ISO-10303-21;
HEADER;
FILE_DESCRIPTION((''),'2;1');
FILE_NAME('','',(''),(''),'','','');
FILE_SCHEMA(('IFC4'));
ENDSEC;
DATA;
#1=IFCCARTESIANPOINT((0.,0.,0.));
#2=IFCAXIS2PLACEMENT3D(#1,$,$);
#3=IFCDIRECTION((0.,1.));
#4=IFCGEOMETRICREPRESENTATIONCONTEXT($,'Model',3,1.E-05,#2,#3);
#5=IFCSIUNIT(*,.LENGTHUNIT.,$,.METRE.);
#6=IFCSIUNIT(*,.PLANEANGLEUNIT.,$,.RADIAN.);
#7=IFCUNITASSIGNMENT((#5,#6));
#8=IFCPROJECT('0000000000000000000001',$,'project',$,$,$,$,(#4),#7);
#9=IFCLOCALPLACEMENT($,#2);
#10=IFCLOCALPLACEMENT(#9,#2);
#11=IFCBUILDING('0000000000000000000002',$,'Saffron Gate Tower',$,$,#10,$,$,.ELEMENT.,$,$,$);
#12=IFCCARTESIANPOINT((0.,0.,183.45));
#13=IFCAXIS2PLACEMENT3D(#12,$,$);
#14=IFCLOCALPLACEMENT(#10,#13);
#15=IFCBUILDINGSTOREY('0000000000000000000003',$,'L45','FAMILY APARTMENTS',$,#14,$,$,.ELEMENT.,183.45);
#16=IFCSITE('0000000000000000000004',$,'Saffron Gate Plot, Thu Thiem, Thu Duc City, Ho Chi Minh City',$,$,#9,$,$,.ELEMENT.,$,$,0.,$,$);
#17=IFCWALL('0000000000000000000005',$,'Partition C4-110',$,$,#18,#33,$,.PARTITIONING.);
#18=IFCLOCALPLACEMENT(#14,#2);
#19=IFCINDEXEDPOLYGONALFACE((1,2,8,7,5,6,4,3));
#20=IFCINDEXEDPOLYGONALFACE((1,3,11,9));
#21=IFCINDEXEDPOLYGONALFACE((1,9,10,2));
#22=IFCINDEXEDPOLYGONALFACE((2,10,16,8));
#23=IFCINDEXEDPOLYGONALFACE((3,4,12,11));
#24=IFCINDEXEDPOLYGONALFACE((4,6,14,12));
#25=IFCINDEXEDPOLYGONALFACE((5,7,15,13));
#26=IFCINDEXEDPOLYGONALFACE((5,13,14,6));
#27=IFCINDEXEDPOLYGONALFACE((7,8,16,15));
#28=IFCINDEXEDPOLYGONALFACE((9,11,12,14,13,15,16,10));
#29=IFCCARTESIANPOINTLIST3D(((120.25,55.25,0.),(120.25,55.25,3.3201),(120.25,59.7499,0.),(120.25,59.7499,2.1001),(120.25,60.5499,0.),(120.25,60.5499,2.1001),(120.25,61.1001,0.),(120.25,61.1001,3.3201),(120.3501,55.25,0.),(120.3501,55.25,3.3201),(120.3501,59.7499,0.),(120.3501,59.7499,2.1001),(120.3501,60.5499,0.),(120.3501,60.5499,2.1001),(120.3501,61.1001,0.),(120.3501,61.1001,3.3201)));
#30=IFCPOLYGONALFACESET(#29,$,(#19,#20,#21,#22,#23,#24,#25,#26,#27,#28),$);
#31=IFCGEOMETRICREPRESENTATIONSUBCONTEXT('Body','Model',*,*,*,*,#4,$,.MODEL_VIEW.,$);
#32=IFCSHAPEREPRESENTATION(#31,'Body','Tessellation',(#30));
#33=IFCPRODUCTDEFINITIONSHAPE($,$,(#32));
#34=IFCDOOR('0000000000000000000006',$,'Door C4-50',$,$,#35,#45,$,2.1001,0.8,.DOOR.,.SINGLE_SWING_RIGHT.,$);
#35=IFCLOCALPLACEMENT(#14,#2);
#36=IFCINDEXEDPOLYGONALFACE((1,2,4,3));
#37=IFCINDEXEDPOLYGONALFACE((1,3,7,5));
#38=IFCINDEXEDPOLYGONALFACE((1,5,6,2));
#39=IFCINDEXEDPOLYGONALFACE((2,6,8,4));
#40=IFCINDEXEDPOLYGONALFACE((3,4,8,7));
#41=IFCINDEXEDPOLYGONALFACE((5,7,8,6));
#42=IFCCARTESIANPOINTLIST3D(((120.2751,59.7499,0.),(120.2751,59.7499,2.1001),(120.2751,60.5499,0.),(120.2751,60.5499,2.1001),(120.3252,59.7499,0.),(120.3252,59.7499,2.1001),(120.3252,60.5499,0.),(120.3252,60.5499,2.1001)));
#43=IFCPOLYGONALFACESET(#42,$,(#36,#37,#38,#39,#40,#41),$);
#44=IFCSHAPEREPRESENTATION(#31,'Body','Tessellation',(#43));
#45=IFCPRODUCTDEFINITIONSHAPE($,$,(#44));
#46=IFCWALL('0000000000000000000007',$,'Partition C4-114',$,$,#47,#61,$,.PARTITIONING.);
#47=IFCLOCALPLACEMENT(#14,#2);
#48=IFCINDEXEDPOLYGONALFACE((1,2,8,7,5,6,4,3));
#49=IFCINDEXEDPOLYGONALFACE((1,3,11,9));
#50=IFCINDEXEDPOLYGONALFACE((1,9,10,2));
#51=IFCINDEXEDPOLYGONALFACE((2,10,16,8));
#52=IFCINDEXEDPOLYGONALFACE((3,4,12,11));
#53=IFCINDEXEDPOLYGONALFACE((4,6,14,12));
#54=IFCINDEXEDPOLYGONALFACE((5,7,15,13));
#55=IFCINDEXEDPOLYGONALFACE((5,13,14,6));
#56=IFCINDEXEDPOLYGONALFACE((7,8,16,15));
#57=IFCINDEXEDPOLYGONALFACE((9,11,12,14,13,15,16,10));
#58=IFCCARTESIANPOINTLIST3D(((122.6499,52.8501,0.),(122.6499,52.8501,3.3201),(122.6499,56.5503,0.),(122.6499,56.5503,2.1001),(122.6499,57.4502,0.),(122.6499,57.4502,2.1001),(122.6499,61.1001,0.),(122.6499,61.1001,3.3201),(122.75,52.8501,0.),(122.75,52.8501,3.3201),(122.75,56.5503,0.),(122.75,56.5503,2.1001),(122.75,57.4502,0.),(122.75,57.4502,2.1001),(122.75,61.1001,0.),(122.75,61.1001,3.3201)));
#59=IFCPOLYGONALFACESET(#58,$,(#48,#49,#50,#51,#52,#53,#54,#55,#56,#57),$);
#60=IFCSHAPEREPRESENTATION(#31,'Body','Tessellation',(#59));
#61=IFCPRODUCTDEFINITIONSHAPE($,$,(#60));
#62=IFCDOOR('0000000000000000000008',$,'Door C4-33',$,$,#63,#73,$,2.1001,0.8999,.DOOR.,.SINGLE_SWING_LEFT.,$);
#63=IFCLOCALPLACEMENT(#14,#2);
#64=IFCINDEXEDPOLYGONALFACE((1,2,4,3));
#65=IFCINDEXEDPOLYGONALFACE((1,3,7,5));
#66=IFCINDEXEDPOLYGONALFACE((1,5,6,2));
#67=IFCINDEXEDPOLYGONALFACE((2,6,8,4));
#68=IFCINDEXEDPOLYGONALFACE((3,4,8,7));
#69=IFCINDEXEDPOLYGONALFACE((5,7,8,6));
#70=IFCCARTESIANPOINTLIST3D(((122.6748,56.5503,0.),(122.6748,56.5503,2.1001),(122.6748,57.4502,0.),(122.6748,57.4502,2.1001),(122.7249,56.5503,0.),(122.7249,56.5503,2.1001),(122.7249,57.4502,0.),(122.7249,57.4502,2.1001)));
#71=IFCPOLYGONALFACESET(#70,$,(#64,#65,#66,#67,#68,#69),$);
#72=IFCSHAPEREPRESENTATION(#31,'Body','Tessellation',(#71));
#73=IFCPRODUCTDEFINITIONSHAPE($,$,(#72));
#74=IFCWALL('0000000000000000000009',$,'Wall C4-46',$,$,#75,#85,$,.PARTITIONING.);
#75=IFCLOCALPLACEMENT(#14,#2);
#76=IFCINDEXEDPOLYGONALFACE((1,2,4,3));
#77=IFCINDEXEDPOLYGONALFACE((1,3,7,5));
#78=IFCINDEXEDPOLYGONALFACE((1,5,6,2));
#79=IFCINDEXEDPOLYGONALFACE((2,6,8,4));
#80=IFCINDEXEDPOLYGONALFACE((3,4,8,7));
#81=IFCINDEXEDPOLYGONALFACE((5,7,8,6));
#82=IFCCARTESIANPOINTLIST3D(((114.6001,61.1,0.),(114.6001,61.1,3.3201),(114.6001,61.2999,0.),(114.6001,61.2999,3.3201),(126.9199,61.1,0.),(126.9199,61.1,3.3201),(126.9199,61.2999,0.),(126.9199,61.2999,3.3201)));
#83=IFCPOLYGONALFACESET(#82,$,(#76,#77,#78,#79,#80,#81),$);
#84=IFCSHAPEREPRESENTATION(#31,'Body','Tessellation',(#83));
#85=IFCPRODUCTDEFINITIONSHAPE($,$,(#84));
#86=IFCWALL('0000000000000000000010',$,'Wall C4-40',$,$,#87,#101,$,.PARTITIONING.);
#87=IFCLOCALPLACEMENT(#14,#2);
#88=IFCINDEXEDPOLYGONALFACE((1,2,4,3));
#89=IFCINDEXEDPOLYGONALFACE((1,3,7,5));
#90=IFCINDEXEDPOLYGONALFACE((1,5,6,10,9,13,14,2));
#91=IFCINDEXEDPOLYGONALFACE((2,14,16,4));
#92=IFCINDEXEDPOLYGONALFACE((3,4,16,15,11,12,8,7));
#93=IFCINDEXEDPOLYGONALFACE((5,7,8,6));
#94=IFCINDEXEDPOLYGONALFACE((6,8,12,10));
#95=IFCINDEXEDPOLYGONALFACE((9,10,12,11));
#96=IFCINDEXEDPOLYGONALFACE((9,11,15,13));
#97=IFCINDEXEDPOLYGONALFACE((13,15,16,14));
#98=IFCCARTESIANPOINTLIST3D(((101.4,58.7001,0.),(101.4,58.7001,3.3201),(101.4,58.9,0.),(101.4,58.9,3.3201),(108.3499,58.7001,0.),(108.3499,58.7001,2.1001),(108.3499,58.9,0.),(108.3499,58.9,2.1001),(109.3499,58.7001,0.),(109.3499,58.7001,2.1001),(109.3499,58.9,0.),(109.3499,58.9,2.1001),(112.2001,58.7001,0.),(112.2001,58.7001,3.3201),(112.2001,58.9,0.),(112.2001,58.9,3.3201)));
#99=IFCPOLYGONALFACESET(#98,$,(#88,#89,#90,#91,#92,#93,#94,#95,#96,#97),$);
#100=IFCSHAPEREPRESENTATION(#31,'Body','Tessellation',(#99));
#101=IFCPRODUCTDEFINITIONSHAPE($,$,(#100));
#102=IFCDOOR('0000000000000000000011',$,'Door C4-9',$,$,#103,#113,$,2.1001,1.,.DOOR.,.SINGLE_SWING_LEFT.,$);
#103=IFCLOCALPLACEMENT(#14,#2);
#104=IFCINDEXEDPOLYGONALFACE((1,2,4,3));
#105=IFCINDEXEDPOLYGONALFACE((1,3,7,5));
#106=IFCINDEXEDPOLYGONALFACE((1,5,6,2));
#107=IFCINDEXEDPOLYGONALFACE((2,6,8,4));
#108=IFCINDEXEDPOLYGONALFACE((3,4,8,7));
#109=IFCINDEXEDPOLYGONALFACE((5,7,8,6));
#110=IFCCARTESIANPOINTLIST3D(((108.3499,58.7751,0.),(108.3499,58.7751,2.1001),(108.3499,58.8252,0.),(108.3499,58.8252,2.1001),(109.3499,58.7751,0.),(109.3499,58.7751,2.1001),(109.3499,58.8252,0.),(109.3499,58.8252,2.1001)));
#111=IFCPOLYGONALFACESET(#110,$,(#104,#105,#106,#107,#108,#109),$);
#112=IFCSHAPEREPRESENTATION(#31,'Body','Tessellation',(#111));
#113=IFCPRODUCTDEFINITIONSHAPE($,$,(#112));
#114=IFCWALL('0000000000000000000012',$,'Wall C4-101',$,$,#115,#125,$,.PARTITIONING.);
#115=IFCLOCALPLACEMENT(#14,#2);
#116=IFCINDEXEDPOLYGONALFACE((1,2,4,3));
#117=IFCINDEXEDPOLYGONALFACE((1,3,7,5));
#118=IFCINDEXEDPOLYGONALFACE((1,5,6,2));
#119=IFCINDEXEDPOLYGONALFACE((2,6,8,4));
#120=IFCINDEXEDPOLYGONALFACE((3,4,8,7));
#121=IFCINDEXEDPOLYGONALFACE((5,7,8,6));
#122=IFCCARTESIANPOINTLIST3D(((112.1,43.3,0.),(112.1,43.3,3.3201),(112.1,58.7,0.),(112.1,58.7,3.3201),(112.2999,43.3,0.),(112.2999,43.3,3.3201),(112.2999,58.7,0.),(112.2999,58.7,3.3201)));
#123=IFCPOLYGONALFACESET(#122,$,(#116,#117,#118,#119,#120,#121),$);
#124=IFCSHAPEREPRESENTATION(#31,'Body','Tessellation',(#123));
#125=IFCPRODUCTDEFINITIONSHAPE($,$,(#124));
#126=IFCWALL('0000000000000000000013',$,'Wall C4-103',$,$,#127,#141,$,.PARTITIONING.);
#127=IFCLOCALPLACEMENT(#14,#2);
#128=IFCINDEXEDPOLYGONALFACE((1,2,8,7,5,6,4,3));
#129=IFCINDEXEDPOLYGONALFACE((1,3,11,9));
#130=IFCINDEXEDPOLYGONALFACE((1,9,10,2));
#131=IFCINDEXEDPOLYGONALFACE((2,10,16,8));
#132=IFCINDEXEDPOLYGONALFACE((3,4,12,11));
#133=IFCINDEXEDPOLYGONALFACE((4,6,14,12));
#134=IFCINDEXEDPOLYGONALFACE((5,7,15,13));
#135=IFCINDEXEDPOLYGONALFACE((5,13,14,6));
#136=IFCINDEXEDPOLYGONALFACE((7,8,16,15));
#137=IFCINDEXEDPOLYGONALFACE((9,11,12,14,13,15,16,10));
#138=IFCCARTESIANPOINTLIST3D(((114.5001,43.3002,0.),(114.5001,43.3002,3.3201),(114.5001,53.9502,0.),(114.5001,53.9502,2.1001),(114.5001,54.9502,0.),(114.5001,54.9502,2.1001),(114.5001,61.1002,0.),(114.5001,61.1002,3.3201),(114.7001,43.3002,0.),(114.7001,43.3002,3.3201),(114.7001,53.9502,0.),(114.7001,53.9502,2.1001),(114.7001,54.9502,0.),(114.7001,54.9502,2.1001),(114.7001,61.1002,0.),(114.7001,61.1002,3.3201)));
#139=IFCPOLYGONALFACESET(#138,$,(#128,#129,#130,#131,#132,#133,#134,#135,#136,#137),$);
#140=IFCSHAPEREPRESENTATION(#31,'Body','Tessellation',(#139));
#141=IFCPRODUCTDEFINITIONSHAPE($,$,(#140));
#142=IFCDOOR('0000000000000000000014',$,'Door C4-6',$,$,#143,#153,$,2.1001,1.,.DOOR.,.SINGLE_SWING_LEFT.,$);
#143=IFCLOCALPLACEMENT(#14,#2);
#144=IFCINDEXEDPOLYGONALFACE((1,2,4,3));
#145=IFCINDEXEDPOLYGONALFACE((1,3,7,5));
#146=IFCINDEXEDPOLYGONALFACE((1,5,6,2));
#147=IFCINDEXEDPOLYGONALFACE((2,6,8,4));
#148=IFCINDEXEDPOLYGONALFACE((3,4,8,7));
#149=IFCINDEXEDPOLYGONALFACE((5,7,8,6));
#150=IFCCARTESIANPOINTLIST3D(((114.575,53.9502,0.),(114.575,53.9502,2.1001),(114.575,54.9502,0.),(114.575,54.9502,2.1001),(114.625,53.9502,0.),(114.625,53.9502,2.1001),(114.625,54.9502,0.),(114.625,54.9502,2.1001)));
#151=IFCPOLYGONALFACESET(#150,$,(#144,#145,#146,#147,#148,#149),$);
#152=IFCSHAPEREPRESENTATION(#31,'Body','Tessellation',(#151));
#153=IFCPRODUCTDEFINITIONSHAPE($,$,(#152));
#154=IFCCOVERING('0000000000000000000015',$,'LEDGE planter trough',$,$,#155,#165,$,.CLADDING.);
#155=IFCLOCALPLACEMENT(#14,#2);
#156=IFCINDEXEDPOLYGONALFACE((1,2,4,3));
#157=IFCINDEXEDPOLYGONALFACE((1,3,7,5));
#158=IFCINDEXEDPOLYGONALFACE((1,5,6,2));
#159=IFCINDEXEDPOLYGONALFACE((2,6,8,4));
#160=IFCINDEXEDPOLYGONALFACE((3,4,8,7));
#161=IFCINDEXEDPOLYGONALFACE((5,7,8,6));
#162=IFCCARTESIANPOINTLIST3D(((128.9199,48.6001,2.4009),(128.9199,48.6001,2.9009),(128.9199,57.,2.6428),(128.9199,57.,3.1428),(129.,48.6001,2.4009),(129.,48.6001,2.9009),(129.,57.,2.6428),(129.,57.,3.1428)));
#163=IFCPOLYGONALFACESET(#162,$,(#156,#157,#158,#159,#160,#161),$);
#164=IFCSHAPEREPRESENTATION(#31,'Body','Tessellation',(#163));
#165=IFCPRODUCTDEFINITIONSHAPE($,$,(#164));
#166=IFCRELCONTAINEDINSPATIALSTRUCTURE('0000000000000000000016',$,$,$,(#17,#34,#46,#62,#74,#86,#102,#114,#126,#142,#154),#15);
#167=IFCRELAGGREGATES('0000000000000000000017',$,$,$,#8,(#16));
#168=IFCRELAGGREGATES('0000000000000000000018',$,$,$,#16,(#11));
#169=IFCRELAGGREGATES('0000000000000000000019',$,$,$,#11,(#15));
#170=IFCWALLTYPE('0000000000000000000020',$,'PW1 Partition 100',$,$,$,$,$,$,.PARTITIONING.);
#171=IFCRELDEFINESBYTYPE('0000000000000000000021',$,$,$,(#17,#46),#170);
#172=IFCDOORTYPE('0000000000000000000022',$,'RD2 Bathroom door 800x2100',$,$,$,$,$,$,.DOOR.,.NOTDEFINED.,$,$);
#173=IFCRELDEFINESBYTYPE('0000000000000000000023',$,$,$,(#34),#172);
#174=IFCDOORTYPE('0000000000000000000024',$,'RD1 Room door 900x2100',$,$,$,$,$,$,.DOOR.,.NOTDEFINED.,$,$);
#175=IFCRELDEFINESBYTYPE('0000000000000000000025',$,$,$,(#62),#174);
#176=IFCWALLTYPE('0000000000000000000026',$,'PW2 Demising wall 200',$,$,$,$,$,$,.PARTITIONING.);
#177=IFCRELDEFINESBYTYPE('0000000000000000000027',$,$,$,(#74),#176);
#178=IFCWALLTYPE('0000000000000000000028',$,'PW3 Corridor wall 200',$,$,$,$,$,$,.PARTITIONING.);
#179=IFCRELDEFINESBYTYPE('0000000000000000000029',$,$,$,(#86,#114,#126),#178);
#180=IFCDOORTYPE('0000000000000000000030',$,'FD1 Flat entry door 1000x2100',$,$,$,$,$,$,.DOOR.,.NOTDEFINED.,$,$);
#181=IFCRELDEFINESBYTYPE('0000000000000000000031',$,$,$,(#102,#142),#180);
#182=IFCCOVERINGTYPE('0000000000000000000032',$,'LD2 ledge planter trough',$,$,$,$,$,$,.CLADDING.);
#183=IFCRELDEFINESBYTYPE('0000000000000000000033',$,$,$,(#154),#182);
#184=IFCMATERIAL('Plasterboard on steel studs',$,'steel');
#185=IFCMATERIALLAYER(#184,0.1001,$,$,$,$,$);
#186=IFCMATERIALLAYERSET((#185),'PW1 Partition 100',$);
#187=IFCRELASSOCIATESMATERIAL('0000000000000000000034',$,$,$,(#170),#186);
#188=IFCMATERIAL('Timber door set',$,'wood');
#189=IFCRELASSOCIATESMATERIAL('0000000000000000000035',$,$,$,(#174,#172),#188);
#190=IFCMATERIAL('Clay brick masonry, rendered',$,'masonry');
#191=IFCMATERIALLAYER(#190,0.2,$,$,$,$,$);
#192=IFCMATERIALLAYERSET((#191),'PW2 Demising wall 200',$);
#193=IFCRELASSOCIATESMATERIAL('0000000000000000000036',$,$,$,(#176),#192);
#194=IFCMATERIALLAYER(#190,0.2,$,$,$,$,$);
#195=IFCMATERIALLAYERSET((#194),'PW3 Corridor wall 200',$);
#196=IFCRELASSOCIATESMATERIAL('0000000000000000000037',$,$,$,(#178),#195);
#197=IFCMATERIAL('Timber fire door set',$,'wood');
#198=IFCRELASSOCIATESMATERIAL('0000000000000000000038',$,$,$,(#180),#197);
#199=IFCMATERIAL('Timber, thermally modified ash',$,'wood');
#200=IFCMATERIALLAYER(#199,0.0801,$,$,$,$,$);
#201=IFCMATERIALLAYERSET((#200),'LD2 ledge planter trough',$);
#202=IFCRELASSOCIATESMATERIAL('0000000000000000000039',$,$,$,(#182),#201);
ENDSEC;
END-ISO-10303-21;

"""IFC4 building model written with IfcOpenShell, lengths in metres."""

from ifc_helpers import new_model, si_unit, direction, frame, frame_2d, origin, place, context, subcontext, project, spatial, polyline, rectangle, outline, extrude, material, layer, layer_set, type_object, element, fill, save


model = new_model("IFC4")

# Units and contexts
model_context = context("Model", 3, precision=1e-05, world=origin(), true_north=direction((0.0, 1.0)))
body_context = subcontext(model_context, "Body", "Model", "MODEL_VIEW")
ifc_project = project(units=[si_unit("LENGTHUNIT", "METRE"), si_unit("PLANEANGLEUNIT", "RADIAN")], contexts=[model_context])

# Site, building, storey
site_placement = place(None, origin())
site = spatial("IfcSite", under=ifc_project, at=site_placement, Name="Saffron Gate Plot, Thu Thiem, Thu Duc City, Ho Chi Minh City", CompositionType="ELEMENT", RefElevation=0.0)
building_placement = place(site_placement, origin())
building = spatial("IfcBuilding", under=site, at=building_placement, Name="Saffron Gate Tower", CompositionType="ELEMENT")
storey_placement = place(building_placement, frame((0.0, 0.0, 183.45)))
storey = spatial("IfcBuildingStorey", under=building, at=storey_placement, Name="L45", Description="FAMILY APARTMENTS", CompositionType="ELEMENT", Elevation=183.45)

# Shared definitions
ifc_material_1 = material(Name="Plasterboard on steel studs", Category="steel")
ifc_layer_1 = layer(ifc_material_1, 0.1001)
ifc_layer_set_1 = layer_set([ifc_layer_1], Name="PW1 Partition 100")
wall_type_1 = type_object("IfcWallType", Name="PW1 Partition 100", PredefinedType="PARTITIONING", material=ifc_layer_set_1)

# Shared definitions
ifc_material_2 = material(Name="Timber door set", Category="wood")
door_type_1 = type_object("IfcDoorType", Name="RD1 Room door 900x2100", OperationType="NOTDEFINED", PredefinedType="DOOR", material=ifc_material_2)
door_type_2 = type_object("IfcDoorType", Name="RD2 Bathroom door 800x2100", OperationType="NOTDEFINED", PredefinedType="DOOR", material=ifc_material_2)

# Walls, openings, doors
wall_1_placement = place(storey_placement, frame((120.3, 55.25, 0.0), z_axis=(0.0, 0.0, 1.0), x_axis=(0.0, 1.0, 0.0)))
wall_1 = element("IfcWall", 1, at=wall_1_placement, inside=storey, type_object=wall_type_1, Name="Partition C4-110", PredefinedType="PARTITIONING", context=body_context, shape_type="SweptSolid", body=[
    extrude(rectangle(XDim=5.8501, YDim=0.1001, at=frame_2d((2.925, 0.0))), origin(), (0.0, 0.0, 1.0), 3.3201),
])
opening_1_placement = place(wall_1_placement, frame((4.5, 0.0, 0.0)))
opening_1 = element("IfcOpeningElement", 2, at=opening_1_placement, cuts=wall_1, PredefinedType="OPENING", context=body_context, shape_type="SweptSolid", body=[
    extrude(rectangle(XDim=0.8, YDim=2.1001, at=frame_2d((0.3999, 1.05))), frame((0.0, 0.0601, 0.0), z_axis=(0.0, -1.0, 0.0), x_axis=(1.0, 0.0, 0.0)), (0.0, 0.0, 1.0), 0.1201),
])
door_1_placement = place(opening_1_placement, origin())
door_1 = element("IfcDoor", 3, at=door_1_placement, inside=storey, type_object=door_type_2, Name="Door C4-50", OperationType="SINGLE_SWING_RIGHT", OverallHeight=2.1001, OverallWidth=0.8, PredefinedType="DOOR", context=body_context, shape_type="SweptSolid", body=[
    extrude(rectangle(XDim=0.8, YDim=2.1001, at=frame_2d((0.3999, 1.05))), frame((0.0, 0.0249, 0.0), z_axis=(0.0, -1.0, 0.0), x_axis=(1.0, 0.0, 0.0)), (0.0, 0.0, 1.0), 0.05),
])
fill(opening_1, door_1)
wall_2_placement = place(storey_placement, frame((122.7, 61.1001, 0.0), z_axis=(0.0, 0.0, 1.0), x_axis=(0.0, -1.0, 0.0)))
wall_2 = element("IfcWall", 4, at=wall_2_placement, inside=storey, type_object=wall_type_1, Name="Partition C4-114", PredefinedType="PARTITIONING", context=body_context, shape_type="SweptSolid", body=[
    extrude(rectangle(XDim=8.25, YDim=0.1001, at=frame_2d((4.125, 0.0))), origin(), (0.0, 0.0, 1.0), 3.3201),
])
opening_2_placement = place(wall_2_placement, frame((3.6499, 0.0, 0.0)))
opening_2 = element("IfcOpeningElement", 5, at=opening_2_placement, cuts=wall_2, PredefinedType="OPENING", context=body_context, shape_type="SweptSolid", body=[
    extrude(rectangle(XDim=0.8999, YDim=2.1001, at=frame_2d((0.45, 1.05))), frame((0.0, 0.0601, 0.0), z_axis=(0.0, -1.0, 0.0), x_axis=(1.0, 0.0, 0.0)), (0.0, 0.0, 1.0), 0.1201),
])
door_2_placement = place(opening_2_placement, origin())
door_2 = element("IfcDoor", 6, at=door_2_placement, inside=storey, type_object=door_type_1, Name="Door C4-33", OperationType="SINGLE_SWING_LEFT", OverallHeight=2.1001, OverallWidth=0.8999, PredefinedType="DOOR", context=body_context, shape_type="SweptSolid", body=[
    extrude(rectangle(XDim=0.8999, YDim=2.1001, at=frame_2d((0.45, 1.05))), frame((0.0, 0.0249, 0.0), z_axis=(0.0, -1.0, 0.0), x_axis=(1.0, 0.0, 0.0)), (0.0, 0.0, 1.0), 0.05),
])
fill(opening_2, door_2)

# Wall
ifc_material_3 = material(Name="Clay brick masonry, rendered", Category="masonry")
ifc_layer_2 = layer(ifc_material_3, 0.2)
ifc_layer_set_2 = layer_set([ifc_layer_2], Name="PW2 Demising wall 200")
wall_type_2 = type_object("IfcWallType", Name="PW2 Demising wall 200", PredefinedType="PARTITIONING", material=ifc_layer_set_2)
wall_3_placement = place(storey_placement, frame((114.6001, 61.2, 0.0), z_axis=(0.0, 0.0, 1.0), x_axis=(1.0, 0.0, 0.0)))
element("IfcWall", 7, at=wall_3_placement, inside=storey, type_object=wall_type_2, Name="Wall C4-46", PredefinedType="PARTITIONING", context=body_context, shape_type="SweptSolid", body=[
    extrude(rectangle(XDim=12.3198, YDim=0.2, at=frame_2d((6.1599, 0.0))), origin(), (0.0, 0.0, 1.0), 3.3201),
])

# Wall, opening, door
ifc_layer_3 = layer(ifc_material_3, 0.2)
ifc_layer_set_3 = layer_set([ifc_layer_3], Name="PW3 Corridor wall 200")
wall_type_3 = type_object("IfcWallType", Name="PW3 Corridor wall 200", PredefinedType="PARTITIONING", material=ifc_layer_set_3)
wall_4_placement = place(storey_placement, frame((112.2, 58.8, 0.0), z_axis=(0.0, 0.0, 1.0), x_axis=(-1.0, 0.0, 0.0)))
wall_4 = element("IfcWall", 8, at=wall_4_placement, inside=storey, type_object=wall_type_3, Name="Wall C4-40", PredefinedType="PARTITIONING", context=body_context, shape_type="SweptSolid", body=[
    extrude(rectangle(XDim=10.8, YDim=0.2, at=frame_2d((5.3999, 0.0))), origin(), (0.0, 0.0, 1.0), 3.3201),
])
opening_3_placement = place(wall_4_placement, frame((2.8501, 0.0, 0.0)))
opening_3 = element("IfcOpeningElement", 9, at=opening_3_placement, cuts=wall_4, PredefinedType="OPENING", context=body_context, shape_type="SweptSolid", body=[
    extrude(rectangle(XDim=1.0, YDim=2.1001, at=frame_2d((0.5, 1.05))), frame((0.0, 0.1099, 0.0), z_axis=(0.0, -1.0, 0.0), x_axis=(1.0, 0.0, 0.0)), (0.0, 0.0, 1.0), 0.22),
])
ifc_material_4 = material(Name="Timber fire door set", Category="wood")
door_type_3 = type_object("IfcDoorType", Name="FD1 Flat entry door 1000x2100", OperationType="NOTDEFINED", PredefinedType="DOOR", material=ifc_material_4)
door_3_placement = place(opening_3_placement, origin())
door_3 = element("IfcDoor", 10, at=door_3_placement, inside=storey, type_object=door_type_3, Name="Door C4-9", OperationType="SINGLE_SWING_LEFT", OverallHeight=2.1001, OverallWidth=1.0, PredefinedType="DOOR", context=body_context, shape_type="SweptSolid", body=[
    extrude(rectangle(XDim=1.0, YDim=2.1001, at=frame_2d((0.5, 1.05))), frame((0.0, 0.0249, 0.0), z_axis=(0.0, -1.0, 0.0), x_axis=(1.0, 0.0, 0.0)), (0.0, 0.0, 1.0), 0.05),
])
fill(opening_3, door_3)

# Wall
wall_5_placement = place(storey_placement, frame((112.2, 58.7, 0.0), z_axis=(0.0, 0.0, 1.0), x_axis=(0.0, -1.0, 0.0)))
element("IfcWall", 11, at=wall_5_placement, inside=storey, type_object=wall_type_3, Name="Wall C4-101", PredefinedType="PARTITIONING", context=body_context, shape_type="SweptSolid", body=[
    extrude(rectangle(XDim=15.3999, YDim=0.2, at=frame_2d((7.7, 0.0))), origin(), (0.0, 0.0, 1.0), 3.3201),
])

# Wall, opening, door
wall_6_placement = place(storey_placement, frame((114.6001, 61.1001, 0.0), z_axis=(0.0, 0.0, 1.0), x_axis=(0.0, -1.0, 0.0)))
wall_6 = element("IfcWall", 12, at=wall_6_placement, inside=storey, type_object=wall_type_3, Name="Wall C4-103", PredefinedType="PARTITIONING", context=body_context, shape_type="SweptSolid", body=[
    extrude(rectangle(XDim=17.8, YDim=0.2, at=frame_2d((8.8999, 0.0))), origin(), (0.0, 0.0, 1.0), 3.3201),
])
opening_4_placement = place(wall_6_placement, frame((6.1499, 0.0, 0.0)))
opening_4 = element("IfcOpeningElement", 13, at=opening_4_placement, cuts=wall_6, PredefinedType="OPENING", context=body_context, shape_type="SweptSolid", body=[
    extrude(rectangle(XDim=1.0, YDim=2.1001, at=frame_2d((0.5, 1.05))), frame((0.0, 0.1099, 0.0), z_axis=(0.0, -1.0, 0.0), x_axis=(1.0, 0.0, 0.0)), (0.0, 0.0, 1.0), 0.22),
])
door_4_placement = place(opening_4_placement, origin())
door_4 = element("IfcDoor", 14, at=door_4_placement, inside=storey, type_object=door_type_3, Name="Door C4-6", OperationType="SINGLE_SWING_LEFT", OverallHeight=2.1001, OverallWidth=1.0, PredefinedType="DOOR", context=body_context, shape_type="SweptSolid", body=[
    extrude(rectangle(XDim=1.0, YDim=2.1001, at=frame_2d((0.5, 1.05))), frame((0.0, 0.0249, 0.0), z_axis=(0.0, -1.0, 0.0), x_axis=(1.0, 0.0, 0.0)), (0.0, 0.0, 1.0), 0.05),
])
fill(opening_4, door_4)

# Covering
ifc_material_5 = material(Name="Timber, thermally modified ash", Category="wood")
ifc_layer_4 = layer(ifc_material_5, 0.0801)
ifc_layer_set_4 = layer_set([ifc_layer_4], Name="LD2 ledge planter trough")
covering_type = type_object("IfcCoveringType", Name="LD2 ledge planter trough", PredefinedType="CLADDING", material=ifc_layer_set_4)
covering_placement = place(storey_placement, frame((129.0, 48.6001, 2.4009), z_axis=(1.0, 0.0, 0.0), x_axis=(0.0, 0.999585, 0.028791)))
element("IfcCovering", 15, at=covering_placement, inside=storey, type_object=covering_type, Name="LEDGE planter trough", PredefinedType="CLADDING", context=body_context, shape_type="SweptSolid", body=[
    extrude(outline(polyline([(0.0, 0.0), (8.4034, 0.0), (8.4178, 0.4998), (0.0144, 0.4998), (0.0, 0.0)])), origin(), (0.0, 0.0, -1.0), 0.0801),
])

save(model, "model.ifc")
